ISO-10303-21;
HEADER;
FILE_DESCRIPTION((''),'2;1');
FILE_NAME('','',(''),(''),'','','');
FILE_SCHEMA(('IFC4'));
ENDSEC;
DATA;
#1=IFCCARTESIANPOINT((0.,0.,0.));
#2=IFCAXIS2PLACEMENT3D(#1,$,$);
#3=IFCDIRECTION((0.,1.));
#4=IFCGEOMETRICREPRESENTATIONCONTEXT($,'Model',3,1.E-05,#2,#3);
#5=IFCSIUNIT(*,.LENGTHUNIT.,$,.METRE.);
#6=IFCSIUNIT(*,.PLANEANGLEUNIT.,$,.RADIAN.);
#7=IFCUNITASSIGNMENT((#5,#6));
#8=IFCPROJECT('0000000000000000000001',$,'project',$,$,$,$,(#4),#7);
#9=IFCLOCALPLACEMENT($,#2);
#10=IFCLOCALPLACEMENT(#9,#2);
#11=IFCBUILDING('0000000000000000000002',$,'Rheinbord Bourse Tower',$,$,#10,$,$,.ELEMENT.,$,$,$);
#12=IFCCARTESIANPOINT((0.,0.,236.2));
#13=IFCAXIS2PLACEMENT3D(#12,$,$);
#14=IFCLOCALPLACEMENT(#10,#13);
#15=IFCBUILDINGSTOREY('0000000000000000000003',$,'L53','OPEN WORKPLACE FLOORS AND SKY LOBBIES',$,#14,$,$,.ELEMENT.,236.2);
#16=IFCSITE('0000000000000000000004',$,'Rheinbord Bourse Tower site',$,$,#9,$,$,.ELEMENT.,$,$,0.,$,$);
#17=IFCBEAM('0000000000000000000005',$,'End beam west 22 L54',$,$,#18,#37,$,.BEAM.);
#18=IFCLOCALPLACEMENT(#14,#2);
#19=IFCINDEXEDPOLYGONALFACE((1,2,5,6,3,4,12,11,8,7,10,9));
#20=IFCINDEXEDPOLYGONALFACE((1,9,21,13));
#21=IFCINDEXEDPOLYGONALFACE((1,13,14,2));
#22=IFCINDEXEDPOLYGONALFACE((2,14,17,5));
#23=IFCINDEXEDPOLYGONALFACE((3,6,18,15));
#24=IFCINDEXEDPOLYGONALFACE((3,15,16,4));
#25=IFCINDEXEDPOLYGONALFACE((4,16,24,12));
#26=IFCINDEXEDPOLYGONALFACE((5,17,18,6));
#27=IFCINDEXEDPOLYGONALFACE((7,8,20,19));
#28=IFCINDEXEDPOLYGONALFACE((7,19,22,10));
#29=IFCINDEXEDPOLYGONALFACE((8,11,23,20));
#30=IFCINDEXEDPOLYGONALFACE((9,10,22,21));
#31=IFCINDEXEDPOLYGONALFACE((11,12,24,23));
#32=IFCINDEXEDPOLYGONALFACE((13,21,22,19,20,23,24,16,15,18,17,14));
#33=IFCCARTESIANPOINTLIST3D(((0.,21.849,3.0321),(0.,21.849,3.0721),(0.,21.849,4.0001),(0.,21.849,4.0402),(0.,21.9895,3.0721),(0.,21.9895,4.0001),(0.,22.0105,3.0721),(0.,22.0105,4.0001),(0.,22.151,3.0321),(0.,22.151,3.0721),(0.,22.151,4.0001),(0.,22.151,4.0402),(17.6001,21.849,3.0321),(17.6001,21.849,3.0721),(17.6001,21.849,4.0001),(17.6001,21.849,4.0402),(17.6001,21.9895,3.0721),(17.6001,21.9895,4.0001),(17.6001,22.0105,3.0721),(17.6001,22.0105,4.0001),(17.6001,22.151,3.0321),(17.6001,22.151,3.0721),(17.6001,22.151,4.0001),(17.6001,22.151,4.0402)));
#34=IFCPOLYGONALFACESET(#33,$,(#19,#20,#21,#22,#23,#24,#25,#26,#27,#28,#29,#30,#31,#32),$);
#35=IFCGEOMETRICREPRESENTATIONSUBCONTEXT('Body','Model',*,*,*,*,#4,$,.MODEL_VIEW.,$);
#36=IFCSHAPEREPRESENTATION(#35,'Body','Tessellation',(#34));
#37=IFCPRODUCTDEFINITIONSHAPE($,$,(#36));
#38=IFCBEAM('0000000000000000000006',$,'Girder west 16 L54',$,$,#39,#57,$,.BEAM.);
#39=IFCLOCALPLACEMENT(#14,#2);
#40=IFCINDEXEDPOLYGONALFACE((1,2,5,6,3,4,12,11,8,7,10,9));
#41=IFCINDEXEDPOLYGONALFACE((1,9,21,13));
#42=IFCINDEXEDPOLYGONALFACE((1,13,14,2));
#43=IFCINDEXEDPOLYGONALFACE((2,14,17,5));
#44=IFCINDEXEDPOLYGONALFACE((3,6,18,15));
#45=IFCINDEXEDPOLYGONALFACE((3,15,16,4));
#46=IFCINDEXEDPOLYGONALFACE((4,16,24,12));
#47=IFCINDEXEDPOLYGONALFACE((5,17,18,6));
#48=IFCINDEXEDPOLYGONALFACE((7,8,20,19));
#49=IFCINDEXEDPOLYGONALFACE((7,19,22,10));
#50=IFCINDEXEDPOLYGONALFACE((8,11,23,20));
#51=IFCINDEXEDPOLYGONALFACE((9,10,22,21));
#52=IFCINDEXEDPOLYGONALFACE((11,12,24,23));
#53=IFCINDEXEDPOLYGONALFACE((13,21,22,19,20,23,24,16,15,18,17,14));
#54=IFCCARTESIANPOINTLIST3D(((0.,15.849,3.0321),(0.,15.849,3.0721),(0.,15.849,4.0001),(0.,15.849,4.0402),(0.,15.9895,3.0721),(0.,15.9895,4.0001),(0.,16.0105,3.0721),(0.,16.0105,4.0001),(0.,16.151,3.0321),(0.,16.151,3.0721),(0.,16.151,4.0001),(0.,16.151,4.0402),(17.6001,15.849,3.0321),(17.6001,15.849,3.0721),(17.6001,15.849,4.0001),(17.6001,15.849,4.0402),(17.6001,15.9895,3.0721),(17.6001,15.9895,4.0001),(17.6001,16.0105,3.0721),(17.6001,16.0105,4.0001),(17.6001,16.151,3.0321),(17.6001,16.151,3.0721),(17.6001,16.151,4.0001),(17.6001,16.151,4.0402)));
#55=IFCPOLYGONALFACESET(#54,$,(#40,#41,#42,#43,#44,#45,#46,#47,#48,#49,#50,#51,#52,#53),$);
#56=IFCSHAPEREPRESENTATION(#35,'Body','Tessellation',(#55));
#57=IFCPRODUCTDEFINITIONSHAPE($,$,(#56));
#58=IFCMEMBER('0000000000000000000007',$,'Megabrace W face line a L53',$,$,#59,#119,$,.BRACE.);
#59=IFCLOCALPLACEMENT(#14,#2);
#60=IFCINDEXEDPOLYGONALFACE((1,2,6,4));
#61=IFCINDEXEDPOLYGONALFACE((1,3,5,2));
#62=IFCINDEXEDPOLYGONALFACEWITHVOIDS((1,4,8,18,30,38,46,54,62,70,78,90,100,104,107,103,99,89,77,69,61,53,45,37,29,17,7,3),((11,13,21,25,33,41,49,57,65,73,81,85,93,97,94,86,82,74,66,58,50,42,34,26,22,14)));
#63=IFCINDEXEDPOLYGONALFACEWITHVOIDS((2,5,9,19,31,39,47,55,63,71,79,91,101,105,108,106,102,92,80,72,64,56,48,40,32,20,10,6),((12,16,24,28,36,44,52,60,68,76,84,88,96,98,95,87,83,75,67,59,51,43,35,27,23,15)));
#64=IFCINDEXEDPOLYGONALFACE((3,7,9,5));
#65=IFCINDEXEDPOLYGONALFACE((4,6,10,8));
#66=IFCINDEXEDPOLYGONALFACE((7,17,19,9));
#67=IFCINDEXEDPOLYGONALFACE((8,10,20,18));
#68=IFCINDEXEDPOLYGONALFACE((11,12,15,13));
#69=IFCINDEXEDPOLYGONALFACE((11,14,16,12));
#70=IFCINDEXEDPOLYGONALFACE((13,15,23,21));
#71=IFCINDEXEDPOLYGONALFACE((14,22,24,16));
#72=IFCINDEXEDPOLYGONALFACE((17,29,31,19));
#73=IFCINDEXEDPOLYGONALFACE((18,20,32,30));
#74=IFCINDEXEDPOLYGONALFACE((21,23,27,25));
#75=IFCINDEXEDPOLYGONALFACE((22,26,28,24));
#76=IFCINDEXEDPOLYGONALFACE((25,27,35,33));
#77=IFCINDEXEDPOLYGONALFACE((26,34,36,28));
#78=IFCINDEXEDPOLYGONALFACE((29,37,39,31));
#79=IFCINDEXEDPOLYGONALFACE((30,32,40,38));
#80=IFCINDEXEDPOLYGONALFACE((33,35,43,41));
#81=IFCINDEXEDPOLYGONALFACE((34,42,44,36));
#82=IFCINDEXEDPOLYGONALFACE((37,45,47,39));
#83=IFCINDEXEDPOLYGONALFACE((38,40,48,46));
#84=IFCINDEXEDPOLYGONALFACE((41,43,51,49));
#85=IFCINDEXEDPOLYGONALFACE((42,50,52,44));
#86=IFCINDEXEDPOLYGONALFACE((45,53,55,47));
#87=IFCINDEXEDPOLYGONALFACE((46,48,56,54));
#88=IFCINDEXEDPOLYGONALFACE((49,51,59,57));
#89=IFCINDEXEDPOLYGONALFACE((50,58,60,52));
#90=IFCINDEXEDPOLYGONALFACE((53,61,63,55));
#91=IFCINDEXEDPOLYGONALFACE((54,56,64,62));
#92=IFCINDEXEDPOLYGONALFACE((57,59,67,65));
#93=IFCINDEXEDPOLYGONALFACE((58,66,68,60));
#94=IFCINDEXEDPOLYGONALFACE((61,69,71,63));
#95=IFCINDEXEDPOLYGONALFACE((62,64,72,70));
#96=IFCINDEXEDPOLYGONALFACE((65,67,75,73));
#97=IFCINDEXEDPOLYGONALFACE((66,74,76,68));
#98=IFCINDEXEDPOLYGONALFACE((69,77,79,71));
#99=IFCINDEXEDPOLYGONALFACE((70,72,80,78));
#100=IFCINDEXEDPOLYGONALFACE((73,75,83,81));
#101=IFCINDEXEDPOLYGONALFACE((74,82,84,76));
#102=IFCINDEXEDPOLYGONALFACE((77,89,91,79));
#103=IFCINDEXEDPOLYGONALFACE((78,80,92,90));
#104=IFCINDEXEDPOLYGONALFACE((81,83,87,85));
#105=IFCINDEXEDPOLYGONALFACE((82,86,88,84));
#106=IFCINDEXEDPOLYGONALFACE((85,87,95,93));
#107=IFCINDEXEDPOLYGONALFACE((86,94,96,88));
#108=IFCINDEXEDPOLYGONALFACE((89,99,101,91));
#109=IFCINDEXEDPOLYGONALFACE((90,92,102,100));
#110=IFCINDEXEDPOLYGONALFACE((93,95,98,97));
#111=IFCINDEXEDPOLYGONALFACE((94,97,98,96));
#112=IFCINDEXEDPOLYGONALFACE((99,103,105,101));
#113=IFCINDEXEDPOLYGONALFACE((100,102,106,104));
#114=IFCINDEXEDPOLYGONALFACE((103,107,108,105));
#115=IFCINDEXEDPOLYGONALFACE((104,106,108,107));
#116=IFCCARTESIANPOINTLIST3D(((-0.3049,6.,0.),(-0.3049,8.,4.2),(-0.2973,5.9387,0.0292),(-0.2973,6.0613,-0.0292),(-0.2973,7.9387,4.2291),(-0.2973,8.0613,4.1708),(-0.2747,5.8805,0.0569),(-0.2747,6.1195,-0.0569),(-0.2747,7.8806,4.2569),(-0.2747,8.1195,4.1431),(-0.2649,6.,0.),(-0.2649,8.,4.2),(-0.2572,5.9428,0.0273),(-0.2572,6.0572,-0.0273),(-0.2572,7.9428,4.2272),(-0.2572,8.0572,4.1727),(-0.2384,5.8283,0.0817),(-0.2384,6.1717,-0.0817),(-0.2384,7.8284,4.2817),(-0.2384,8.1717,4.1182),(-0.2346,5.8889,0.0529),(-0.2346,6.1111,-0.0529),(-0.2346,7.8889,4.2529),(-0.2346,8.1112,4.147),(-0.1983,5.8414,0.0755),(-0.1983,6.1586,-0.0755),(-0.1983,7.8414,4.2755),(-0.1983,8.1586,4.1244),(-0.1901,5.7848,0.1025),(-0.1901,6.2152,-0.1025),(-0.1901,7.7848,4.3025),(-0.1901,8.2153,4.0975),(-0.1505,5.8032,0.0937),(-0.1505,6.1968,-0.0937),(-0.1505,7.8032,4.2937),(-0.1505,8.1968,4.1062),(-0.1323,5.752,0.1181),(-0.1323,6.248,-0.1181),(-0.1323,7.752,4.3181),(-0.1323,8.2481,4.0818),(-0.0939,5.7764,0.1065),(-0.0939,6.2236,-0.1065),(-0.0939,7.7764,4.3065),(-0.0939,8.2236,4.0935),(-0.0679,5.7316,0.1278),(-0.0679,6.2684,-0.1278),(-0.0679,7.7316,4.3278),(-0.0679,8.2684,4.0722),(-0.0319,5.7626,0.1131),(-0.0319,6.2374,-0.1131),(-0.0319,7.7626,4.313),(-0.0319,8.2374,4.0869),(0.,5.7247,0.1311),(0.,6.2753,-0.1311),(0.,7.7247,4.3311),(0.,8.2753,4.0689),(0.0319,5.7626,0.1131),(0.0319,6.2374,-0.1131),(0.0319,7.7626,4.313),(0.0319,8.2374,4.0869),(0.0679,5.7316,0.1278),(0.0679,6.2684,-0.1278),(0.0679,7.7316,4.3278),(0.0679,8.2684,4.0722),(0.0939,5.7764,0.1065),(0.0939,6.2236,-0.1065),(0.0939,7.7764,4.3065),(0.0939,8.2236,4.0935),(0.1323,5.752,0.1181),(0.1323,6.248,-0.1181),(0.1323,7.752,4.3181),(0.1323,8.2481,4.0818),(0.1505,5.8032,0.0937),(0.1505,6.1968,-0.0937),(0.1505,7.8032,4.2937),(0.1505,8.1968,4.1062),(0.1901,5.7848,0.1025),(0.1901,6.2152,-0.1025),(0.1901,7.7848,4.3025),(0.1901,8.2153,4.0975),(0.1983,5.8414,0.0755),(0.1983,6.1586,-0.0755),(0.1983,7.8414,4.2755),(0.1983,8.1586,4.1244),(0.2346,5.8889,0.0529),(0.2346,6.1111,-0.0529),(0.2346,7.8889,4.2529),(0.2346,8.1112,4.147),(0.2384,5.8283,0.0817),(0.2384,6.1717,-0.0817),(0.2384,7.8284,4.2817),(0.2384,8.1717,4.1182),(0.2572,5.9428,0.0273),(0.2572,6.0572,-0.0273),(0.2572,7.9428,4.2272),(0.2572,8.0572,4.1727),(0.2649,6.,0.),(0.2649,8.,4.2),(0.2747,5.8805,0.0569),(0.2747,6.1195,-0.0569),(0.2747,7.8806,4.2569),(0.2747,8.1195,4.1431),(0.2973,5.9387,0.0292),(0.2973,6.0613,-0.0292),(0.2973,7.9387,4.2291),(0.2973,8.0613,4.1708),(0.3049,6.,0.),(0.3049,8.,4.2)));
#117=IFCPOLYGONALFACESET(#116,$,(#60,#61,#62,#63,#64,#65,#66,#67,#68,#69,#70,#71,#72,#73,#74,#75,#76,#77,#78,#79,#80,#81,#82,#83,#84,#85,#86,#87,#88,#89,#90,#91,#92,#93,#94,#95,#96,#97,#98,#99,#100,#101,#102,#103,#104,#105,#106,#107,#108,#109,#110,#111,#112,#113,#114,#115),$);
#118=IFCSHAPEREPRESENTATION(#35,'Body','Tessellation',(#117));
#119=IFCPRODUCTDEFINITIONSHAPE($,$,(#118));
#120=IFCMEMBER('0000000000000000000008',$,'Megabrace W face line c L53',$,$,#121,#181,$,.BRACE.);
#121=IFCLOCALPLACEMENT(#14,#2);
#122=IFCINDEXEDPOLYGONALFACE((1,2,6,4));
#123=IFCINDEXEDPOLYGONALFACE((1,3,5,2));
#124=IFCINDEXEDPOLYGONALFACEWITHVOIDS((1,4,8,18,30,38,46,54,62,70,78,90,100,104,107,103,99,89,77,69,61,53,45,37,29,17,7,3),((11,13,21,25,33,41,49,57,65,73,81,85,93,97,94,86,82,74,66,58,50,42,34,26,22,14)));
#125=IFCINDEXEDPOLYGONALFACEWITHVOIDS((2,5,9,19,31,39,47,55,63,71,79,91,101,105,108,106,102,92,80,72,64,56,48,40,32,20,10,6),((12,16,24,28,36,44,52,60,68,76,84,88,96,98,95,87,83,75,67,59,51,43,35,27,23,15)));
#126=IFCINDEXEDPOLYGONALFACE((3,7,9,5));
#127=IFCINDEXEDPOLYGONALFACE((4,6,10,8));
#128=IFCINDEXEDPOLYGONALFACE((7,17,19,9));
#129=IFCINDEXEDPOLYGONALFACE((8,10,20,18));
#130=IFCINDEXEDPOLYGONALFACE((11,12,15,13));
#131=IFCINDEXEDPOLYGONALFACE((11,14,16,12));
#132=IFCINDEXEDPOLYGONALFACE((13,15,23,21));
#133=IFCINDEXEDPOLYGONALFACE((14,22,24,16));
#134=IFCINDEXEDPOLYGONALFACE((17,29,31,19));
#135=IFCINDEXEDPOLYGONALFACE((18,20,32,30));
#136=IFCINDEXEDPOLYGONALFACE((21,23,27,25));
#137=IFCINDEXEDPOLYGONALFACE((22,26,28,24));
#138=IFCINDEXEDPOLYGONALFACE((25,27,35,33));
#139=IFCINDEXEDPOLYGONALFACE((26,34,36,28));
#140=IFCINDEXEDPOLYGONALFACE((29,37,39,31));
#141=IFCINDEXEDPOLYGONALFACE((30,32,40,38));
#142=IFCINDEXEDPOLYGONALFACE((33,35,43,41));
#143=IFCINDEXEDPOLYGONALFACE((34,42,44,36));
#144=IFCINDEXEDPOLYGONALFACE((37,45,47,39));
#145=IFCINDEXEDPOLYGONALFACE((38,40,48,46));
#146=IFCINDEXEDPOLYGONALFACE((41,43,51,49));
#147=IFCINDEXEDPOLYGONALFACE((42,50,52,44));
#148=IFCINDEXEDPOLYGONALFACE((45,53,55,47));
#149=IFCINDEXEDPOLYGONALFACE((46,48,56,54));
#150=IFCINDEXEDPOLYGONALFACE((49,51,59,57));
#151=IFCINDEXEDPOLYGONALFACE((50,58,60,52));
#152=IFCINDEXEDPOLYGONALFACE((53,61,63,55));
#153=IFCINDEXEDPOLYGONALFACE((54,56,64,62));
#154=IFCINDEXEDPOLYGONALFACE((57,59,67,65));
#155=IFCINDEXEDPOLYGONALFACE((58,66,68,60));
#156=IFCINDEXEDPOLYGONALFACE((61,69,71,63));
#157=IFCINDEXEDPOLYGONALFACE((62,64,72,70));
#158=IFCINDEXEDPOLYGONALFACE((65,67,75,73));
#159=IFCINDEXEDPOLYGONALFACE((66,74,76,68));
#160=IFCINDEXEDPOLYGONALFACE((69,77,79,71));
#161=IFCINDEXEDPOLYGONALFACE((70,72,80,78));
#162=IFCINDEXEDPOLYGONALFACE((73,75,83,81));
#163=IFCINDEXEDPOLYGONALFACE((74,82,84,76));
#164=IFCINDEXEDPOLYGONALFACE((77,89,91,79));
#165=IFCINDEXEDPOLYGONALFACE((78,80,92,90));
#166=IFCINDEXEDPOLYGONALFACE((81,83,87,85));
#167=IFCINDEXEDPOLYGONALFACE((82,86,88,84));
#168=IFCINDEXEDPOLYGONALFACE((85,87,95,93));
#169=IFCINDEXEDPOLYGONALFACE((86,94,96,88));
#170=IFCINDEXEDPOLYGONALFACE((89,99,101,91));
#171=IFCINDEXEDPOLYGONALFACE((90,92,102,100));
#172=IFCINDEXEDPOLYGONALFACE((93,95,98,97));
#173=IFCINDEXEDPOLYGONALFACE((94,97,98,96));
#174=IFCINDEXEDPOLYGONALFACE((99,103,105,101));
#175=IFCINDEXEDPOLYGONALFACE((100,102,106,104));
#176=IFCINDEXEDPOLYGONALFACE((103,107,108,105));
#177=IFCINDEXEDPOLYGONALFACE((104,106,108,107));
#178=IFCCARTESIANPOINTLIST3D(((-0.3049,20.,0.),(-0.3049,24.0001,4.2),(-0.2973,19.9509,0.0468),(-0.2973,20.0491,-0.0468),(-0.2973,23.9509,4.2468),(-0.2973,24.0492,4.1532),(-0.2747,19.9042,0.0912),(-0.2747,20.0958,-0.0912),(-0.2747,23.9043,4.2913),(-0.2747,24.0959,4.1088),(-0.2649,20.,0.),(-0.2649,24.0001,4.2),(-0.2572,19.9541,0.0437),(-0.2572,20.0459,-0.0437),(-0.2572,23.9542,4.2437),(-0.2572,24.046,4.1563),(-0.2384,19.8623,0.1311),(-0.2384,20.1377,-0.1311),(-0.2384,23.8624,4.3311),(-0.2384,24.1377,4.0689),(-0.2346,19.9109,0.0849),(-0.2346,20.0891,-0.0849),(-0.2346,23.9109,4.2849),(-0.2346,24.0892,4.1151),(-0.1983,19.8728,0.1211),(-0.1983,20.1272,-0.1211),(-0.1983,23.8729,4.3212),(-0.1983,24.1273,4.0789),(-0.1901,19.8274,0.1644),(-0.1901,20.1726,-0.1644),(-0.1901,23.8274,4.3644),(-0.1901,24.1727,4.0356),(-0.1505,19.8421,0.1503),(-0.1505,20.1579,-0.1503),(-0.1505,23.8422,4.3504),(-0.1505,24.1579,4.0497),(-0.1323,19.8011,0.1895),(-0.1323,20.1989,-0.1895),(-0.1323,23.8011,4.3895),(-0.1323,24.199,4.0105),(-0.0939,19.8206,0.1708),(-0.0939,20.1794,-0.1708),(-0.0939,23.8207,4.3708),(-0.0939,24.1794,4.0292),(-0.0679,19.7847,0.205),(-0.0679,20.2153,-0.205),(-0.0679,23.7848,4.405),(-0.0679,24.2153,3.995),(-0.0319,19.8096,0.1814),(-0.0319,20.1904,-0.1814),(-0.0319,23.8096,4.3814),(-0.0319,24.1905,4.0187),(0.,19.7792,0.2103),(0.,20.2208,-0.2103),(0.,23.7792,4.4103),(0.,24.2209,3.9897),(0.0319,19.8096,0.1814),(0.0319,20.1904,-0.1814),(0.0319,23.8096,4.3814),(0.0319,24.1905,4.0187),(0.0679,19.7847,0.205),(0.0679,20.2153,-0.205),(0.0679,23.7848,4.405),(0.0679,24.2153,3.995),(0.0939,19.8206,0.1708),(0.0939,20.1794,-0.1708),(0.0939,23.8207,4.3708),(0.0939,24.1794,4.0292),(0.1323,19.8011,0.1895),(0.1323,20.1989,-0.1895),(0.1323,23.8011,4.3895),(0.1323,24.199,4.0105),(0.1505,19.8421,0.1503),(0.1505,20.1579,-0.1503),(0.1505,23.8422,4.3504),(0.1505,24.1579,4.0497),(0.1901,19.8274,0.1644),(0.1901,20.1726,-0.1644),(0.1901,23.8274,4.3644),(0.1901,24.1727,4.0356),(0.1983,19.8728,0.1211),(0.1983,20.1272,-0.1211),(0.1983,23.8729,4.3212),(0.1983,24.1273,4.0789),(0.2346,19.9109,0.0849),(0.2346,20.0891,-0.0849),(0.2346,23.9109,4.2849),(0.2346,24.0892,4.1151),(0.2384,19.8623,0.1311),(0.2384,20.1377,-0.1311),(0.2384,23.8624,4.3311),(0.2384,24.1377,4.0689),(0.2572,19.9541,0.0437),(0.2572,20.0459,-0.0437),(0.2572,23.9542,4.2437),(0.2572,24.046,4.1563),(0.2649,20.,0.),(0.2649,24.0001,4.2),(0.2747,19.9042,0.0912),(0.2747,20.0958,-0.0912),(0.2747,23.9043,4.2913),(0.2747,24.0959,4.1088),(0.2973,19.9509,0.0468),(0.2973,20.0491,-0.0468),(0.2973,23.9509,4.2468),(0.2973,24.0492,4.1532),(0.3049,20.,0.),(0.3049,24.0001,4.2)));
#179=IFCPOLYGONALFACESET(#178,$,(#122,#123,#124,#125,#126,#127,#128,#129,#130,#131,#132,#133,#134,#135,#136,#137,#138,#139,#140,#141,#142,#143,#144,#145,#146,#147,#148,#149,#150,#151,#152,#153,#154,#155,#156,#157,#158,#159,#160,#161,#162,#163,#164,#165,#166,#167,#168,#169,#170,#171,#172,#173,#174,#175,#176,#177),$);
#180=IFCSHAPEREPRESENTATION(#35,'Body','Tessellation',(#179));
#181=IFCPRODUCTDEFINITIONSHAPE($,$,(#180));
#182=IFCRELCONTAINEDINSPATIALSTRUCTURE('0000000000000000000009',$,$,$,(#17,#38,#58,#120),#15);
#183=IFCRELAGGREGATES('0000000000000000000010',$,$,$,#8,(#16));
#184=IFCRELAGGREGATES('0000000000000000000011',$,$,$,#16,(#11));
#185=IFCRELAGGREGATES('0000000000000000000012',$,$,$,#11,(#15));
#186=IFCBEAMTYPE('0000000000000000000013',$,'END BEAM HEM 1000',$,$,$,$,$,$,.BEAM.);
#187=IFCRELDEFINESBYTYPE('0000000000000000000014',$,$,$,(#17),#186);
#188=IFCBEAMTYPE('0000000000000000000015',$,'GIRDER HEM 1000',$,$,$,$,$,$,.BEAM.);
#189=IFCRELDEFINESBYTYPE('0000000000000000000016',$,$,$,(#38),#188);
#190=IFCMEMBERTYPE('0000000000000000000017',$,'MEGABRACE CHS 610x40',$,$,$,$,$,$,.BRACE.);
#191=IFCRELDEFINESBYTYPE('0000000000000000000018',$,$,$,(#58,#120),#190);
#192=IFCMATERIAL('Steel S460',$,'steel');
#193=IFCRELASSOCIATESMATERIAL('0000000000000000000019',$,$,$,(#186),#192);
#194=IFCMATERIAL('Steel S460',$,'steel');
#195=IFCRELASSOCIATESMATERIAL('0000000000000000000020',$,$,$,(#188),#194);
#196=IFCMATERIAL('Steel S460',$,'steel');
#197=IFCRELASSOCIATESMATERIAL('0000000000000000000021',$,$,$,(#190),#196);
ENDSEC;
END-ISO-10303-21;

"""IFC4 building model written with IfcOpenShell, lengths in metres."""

from ifc_helpers import new_model, si_unit, direction, frame, origin, origin_2d, place, context, subcontext, project, spatial, hollow_circle, i_section, extrude, material, material_profile, profile_set, type_object, element, save


model = new_model("IFC4")

# Units and contexts
model_context = context("Model", 3, precision=1e-05, world=origin(), true_north=direction((0.0, 1.0)))
body_context = subcontext(model_context, "Body", "Model", "MODEL_VIEW")
ifc_project = project(units=[si_unit("LENGTHUNIT", "METRE"), si_unit("PLANEANGLEUNIT", "RADIAN")], contexts=[model_context])

# Site, building, storey
site_placement = place(None, origin())
site = spatial("IfcSite", under=ifc_project, at=site_placement, Name="Rheinbord Bourse Tower site", CompositionType="ELEMENT", RefElevation=0.0)
building_placement = place(site_placement, origin())
building = spatial("IfcBuilding", under=site, at=building_placement, Name="Rheinbord Bourse Tower", CompositionType="ELEMENT")
storey_placement = place(building_placement, frame((0.0, 0.0, 236.2)))
storey = spatial("IfcBuildingStorey", under=building, at=storey_placement, Name="L53", Description="OPEN WORKPLACE FLOORS AND SKY LOBBIES", CompositionType="ELEMENT", Elevation=236.2)

# Beams
ifc_material_1 = material(Name="Steel S460", Category="steel")
ifc_material_profile_1 = material_profile(ifc_material_1, i_section(OverallWidth=0.302, OverallDepth=1.0081, WebThickness=0.021, FlangeThickness=0.04, at=origin_2d()), Name="HEM 1000")
ifc_profile_set_1 = profile_set([ifc_material_profile_1], Name="Steel S460")
beam_type_1 = type_object("IfcBeamType", Name="END BEAM HEM 1000", PredefinedType="BEAM", material=ifc_profile_set_1)
for number, where, z_axis, x_axis, name in (
    (1, (0.0, 22.0, 3.5361), (1.0, 0.0, 0.0), (0.0, 1.0, 0.0), "End beam west 22 L54"),
):
    element("IfcBeam", number, at=place(storey_placement, frame(where, z_axis=z_axis, x_axis=x_axis)), inside=storey, type_object=beam_type_1, Name=name, PredefinedType="BEAM", context=body_context, shape_type="SweptSolid", body=[
        extrude(i_section(OverallWidth=0.302, OverallDepth=1.0081, WebThickness=0.021, FlangeThickness=0.04, at=origin_2d()), origin(), (0.0, 0.0, 1.0), 17.6001),
    ])
ifc_material_2 = material(Name="Steel S460", Category="steel")
ifc_material_profile_2 = material_profile(ifc_material_2, i_section(OverallWidth=0.302, OverallDepth=1.0081, WebThickness=0.021, FlangeThickness=0.04, at=origin_2d()), Name="HEM 1000")
ifc_profile_set_2 = profile_set([ifc_material_profile_2], Name="Steel S460")
beam_type_2 = type_object("IfcBeamType", Name="GIRDER HEM 1000", PredefinedType="BEAM", material=ifc_profile_set_2)
beam_1_placement = place(storey_placement, frame((0.0, 16.0, 3.5361), z_axis=(1.0, 0.0, 0.0), x_axis=(0.0, 1.0, 0.0)))
element("IfcBeam", 2, at=beam_1_placement, inside=storey, type_object=beam_type_2, Name="Girder west 16 L54", PredefinedType="BEAM", context=body_context, shape_type="SweptSolid", body=[
    extrude(i_section(OverallWidth=0.302, OverallDepth=1.0081, WebThickness=0.021, FlangeThickness=0.04, at=origin_2d()), origin(), (0.0, 0.0, 1.0), 17.6001),
])

# Members
ifc_material_3 = material(Name="Steel S460", Category="steel")
ifc_material_profile_3 = material_profile(ifc_material_3, hollow_circle(Radius=0.3049, WallThickness=0.04, at=origin_2d()), Name="CHS 610x40")
ifc_profile_set_3 = profile_set([ifc_material_profile_3], Name="Steel S460")
member_type_1 = type_object("IfcMemberType", Name="MEGABRACE CHS 610x40", PredefinedType="BRACE", material=ifc_profile_set_3)
member_1_placement = place(storey_placement, frame((0.0, 6.0, 0.0), z_axis=(0.0, 0.429938, 0.902859), x_axis=(-1.0, 0.0, 0.0)))
element("IfcMember", 3, at=member_1_placement, inside=storey, type_object=member_type_1, Name="Megabrace W face line a L53", PredefinedType="BRACE", context=body_context, shape_type="SweptSolid", body=[
    extrude(hollow_circle(Radius=0.3049, WallThickness=0.04, at=origin_2d()), origin(), (0.0, 0.0, 1.0), 4.6519),
])
member_2_placement = place(storey_placement, frame((0.0, 20.0, 0.0), z_axis=(0.0, 0.689659, 0.724134), x_axis=(-1.0, 0.0, 0.0)))
element("IfcMember", 4, at=member_2_placement, inside=storey, type_object=member_type_1, Name="Megabrace W face line c L53", PredefinedType="BRACE", context=body_context, shape_type="SweptSolid", body=[
    extrude(hollow_circle(Radius=0.3049, WallThickness=0.04, at=origin_2d()), origin(), (0.0, 0.0, 1.0), 5.8),
])

save(model, "model.ifc")
